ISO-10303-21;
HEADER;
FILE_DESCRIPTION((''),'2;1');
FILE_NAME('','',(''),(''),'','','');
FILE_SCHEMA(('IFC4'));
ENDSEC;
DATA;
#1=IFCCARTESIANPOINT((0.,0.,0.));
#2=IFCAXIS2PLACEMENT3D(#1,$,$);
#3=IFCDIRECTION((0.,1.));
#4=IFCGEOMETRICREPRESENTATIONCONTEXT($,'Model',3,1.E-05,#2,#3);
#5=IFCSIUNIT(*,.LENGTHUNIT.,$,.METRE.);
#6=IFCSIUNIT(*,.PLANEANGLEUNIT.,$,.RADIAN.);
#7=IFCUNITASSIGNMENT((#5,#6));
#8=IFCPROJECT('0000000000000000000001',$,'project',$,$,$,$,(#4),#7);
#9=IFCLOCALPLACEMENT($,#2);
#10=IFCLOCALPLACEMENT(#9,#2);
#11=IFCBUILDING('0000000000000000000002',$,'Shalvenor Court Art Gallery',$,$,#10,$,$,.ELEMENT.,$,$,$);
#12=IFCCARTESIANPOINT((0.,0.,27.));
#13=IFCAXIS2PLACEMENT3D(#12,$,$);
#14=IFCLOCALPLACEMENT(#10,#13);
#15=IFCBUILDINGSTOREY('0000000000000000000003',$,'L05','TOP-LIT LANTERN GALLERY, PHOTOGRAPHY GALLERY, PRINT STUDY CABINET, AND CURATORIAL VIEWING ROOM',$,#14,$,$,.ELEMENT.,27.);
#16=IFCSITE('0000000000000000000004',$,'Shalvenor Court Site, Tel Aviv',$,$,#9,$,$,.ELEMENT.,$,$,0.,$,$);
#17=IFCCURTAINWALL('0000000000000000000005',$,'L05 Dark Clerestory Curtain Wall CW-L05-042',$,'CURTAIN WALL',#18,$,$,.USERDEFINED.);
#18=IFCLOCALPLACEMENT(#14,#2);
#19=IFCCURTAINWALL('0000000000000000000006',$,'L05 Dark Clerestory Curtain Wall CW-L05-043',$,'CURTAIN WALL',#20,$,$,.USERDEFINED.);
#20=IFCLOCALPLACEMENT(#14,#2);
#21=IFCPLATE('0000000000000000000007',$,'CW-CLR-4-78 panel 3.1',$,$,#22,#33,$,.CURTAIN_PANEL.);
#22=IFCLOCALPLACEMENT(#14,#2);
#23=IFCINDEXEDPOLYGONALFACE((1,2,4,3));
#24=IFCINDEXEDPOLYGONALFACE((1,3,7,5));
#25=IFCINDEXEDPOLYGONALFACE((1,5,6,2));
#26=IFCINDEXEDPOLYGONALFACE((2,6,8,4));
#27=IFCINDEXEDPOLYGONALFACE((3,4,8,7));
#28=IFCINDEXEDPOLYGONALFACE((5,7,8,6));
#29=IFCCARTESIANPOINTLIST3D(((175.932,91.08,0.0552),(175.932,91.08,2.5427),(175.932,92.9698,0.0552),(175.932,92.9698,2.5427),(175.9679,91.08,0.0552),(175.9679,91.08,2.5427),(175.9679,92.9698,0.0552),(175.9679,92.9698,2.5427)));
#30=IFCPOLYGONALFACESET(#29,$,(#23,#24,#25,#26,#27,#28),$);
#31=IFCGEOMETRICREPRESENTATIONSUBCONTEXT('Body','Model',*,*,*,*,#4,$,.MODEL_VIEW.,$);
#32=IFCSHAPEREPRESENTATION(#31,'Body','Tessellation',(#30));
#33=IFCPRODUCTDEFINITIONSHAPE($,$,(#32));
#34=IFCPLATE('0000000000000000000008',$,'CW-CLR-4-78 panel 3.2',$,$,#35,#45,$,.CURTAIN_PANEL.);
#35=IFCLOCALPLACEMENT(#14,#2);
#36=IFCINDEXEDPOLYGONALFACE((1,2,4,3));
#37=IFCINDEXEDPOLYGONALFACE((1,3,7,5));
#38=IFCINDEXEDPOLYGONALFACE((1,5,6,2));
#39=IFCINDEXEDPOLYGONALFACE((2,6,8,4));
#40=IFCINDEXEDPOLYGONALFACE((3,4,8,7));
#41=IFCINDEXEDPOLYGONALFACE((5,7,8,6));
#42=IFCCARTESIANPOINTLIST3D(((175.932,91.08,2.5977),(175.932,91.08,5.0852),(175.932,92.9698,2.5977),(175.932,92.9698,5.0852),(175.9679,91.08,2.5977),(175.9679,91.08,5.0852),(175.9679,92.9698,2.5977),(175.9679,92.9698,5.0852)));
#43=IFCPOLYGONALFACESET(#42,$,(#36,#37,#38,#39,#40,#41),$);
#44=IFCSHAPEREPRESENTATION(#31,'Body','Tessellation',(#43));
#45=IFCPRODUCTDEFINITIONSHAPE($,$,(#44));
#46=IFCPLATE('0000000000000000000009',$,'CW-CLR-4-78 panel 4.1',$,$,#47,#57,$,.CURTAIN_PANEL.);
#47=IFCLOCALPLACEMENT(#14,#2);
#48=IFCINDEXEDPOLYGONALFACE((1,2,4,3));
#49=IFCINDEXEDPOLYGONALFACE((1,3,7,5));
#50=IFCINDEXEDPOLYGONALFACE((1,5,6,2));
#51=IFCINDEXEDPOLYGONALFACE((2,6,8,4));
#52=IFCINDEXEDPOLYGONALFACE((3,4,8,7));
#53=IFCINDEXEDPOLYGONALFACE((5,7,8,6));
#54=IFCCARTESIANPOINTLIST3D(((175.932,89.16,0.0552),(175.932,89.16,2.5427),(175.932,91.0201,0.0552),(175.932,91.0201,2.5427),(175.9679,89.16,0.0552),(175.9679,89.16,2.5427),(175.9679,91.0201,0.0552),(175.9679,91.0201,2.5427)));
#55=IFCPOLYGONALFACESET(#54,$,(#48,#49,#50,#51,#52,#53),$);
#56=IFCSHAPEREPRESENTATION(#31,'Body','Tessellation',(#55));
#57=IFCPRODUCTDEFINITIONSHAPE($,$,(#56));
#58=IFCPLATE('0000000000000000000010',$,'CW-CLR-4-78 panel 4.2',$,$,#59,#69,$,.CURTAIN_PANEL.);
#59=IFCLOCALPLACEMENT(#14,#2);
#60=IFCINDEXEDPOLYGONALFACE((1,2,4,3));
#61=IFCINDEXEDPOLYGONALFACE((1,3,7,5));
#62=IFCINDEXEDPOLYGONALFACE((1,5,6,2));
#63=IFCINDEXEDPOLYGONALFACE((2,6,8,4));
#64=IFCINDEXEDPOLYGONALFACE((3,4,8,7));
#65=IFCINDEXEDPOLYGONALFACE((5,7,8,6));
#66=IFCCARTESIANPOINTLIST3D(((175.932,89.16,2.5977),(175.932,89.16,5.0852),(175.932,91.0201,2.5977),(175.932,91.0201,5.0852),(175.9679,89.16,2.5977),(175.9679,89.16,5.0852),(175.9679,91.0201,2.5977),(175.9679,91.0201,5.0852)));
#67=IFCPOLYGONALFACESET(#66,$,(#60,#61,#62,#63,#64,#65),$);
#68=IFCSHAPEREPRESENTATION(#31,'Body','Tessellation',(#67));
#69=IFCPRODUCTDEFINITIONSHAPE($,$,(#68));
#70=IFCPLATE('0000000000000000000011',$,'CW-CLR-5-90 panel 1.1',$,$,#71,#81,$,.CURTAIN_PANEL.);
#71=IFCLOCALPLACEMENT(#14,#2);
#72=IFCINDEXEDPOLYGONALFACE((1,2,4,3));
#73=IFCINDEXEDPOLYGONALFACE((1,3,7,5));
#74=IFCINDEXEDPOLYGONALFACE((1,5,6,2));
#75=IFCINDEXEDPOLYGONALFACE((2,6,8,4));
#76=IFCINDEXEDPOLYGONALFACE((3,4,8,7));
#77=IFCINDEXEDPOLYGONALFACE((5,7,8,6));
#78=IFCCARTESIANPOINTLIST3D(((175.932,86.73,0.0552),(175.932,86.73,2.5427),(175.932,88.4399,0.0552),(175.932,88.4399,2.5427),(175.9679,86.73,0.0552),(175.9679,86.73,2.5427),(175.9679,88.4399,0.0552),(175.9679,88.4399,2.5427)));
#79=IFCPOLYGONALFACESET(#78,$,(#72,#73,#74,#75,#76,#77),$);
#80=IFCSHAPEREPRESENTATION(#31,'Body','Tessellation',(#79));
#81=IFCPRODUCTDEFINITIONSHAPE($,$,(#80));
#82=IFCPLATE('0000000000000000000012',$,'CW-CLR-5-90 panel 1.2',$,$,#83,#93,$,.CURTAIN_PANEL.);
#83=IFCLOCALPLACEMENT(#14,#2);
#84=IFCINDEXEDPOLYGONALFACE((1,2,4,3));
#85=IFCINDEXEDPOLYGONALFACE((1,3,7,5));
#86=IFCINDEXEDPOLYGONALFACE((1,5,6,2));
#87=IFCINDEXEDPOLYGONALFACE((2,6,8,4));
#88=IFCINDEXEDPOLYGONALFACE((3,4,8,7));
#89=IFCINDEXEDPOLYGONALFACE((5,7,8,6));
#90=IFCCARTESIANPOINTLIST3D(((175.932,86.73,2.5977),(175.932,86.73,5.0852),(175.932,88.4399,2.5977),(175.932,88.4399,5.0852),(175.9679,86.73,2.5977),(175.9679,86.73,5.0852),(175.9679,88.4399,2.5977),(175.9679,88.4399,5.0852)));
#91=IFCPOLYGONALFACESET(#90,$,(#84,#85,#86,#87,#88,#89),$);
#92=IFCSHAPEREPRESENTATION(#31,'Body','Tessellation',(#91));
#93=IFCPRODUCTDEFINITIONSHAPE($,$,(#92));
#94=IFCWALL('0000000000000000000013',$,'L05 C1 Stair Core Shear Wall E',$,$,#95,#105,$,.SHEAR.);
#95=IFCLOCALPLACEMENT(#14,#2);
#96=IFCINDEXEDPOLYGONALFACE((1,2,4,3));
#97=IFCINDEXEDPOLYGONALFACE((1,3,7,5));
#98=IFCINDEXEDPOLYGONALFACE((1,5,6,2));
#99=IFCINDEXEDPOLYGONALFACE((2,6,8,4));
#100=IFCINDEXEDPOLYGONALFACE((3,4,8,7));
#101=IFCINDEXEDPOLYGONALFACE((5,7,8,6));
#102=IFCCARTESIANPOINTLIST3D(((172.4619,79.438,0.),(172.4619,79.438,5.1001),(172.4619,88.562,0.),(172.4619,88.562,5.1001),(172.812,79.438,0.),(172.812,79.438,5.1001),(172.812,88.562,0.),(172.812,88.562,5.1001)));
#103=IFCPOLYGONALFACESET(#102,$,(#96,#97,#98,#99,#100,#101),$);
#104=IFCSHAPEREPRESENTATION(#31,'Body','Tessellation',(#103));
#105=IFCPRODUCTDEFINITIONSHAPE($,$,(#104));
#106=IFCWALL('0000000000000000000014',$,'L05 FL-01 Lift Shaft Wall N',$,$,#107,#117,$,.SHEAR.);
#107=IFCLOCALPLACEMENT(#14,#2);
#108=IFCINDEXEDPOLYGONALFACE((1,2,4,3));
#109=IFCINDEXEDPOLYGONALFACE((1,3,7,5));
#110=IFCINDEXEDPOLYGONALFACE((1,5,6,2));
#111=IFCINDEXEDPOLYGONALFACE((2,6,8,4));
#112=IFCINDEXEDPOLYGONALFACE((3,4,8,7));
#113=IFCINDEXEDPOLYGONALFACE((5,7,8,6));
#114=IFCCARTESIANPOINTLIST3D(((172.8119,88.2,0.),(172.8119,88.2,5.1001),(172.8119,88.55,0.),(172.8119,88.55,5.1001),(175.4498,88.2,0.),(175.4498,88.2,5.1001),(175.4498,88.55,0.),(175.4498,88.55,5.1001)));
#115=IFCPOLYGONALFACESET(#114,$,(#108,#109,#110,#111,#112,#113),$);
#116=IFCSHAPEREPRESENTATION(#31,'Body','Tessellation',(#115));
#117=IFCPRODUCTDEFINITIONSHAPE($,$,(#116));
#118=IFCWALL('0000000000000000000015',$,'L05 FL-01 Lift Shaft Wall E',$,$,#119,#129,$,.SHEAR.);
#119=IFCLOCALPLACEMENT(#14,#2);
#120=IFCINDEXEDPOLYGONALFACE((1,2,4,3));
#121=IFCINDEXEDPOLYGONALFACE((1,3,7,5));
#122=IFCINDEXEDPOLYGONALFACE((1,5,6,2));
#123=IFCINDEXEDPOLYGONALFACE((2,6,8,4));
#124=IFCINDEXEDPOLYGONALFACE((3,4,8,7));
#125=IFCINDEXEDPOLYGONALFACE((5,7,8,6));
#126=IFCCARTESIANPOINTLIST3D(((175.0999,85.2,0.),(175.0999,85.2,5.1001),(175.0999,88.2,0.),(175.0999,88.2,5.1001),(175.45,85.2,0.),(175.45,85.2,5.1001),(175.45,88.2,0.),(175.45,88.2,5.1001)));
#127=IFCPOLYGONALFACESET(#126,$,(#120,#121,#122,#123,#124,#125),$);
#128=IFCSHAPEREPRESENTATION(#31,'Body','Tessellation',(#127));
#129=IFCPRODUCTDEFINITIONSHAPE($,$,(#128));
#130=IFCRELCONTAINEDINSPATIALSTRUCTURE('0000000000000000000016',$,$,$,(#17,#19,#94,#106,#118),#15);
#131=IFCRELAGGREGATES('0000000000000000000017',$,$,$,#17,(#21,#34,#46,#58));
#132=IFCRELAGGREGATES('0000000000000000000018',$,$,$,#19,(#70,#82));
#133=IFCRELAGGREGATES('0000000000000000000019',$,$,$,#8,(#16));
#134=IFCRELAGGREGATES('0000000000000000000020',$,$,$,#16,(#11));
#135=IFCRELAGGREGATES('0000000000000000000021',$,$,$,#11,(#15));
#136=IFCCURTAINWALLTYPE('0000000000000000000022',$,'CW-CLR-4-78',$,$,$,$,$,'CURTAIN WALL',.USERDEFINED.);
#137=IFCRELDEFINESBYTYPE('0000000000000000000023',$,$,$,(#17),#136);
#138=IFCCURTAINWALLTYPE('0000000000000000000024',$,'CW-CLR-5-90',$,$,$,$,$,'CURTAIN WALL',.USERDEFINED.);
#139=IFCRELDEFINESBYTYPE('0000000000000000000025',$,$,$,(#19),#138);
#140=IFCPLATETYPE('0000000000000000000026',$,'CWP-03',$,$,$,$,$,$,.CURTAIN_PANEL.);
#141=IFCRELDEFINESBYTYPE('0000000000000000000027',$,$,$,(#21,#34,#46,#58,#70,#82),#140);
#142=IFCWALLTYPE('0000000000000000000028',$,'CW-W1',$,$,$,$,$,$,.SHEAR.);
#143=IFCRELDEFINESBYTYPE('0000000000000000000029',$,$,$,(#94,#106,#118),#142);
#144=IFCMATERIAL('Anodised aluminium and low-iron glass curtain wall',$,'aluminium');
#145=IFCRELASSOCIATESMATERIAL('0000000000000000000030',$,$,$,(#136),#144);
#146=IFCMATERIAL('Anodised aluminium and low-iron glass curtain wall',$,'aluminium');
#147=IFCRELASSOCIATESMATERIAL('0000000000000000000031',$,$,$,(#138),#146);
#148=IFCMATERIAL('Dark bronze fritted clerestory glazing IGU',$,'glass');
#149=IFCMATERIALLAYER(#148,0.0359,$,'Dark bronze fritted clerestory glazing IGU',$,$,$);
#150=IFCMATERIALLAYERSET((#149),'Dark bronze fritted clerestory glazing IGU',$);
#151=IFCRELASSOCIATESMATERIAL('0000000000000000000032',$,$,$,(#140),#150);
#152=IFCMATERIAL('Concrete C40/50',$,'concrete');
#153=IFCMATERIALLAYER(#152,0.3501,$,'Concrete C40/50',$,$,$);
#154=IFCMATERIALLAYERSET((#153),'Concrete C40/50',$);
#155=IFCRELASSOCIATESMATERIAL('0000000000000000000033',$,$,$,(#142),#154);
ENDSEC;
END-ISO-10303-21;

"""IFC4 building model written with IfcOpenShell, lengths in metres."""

from ifc_helpers import new_model, si_unit, direction, frame, frame_2d, origin, origin_2d, place, context, subcontext, project, spatial, rectangle, extrude, material, layer, layer_set, type_object, element, aggregate, save


model = new_model("IFC4")

# Units and contexts
model_context = context("Model", 3, precision=1e-05, world=origin(), true_north=direction((0.0, 1.0)))
body_context = subcontext(model_context, "Body", "Model", "MODEL_VIEW")
ifc_project = project(units=[si_unit("LENGTHUNIT", "METRE"), si_unit("PLANEANGLEUNIT", "RADIAN")], contexts=[model_context])

# Site, building, storey
site_placement = place(None, origin())
site = spatial("IfcSite", under=ifc_project, at=site_placement, Name="Shalvenor Court Site, Tel Aviv", CompositionType="ELEMENT", RefElevation=0.0)
building_placement = place(site_placement, origin())
building = spatial("IfcBuilding", under=site, at=building_placement, Name="Shalvenor Court Art Gallery", CompositionType="ELEMENT")
storey_placement = place(building_placement, frame((0.0, 0.0, 27.0)))
storey = spatial("IfcBuildingStorey", under=building, at=storey_placement, Name="L05", Description="TOP-LIT LANTERN GALLERY, PHOTOGRAPHY GALLERY, PRINT STUDY CABINET, AND CURATORIAL VIEWING ROOM", CompositionType="ELEMENT", Elevation=27.0)

# Curtain walls
ifc_material_1 = material(Name="Anodised aluminium and low-iron glass curtain wall", Category="aluminium")
curtain_wall_type_1 = type_object("IfcCurtainWallType", Name="CW-CLR-4-78", ElementType="CURTAIN WALL", PredefinedType="USERDEFINED", material=ifc_material_1)
curtain_wall_1_placement = place(storey_placement, origin())
curtain_wall_1 = element("IfcCurtainWall", 1, at=curtain_wall_1_placement, inside=storey, type_object=curtain_wall_type_1, Name="L05 Dark Clerestory Curtain Wall CW-L05-042", ObjectType="CURTAIN WALL", PredefinedType="USERDEFINED")
ifc_material_2 = material(Name="Anodised aluminium and low-iron glass curtain wall", Category="aluminium")
curtain_wall_type_2 = type_object("IfcCurtainWallType", Name="CW-CLR-5-90", ElementType="CURTAIN WALL", PredefinedType="USERDEFINED", material=ifc_material_2)
curtain_wall_2_placement = place(storey_placement, origin())
curtain_wall_2 = element("IfcCurtainWall", 2, at=curtain_wall_2_placement, inside=storey, type_object=curtain_wall_type_2, Name="L05 Dark Clerestory Curtain Wall CW-L05-043", ObjectType="CURTAIN WALL", PredefinedType="USERDEFINED")

# Plates
ifc_material_3 = material(Name="Dark bronze fritted clerestory glazing IGU", Category="glass")
ifc_layer_1 = layer(ifc_material_3, 0.0359, Name="Dark bronze fritted clerestory glazing IGU")
ifc_layer_set_1 = layer_set([ifc_layer_1], Name="Dark bronze fritted clerestory glazing IGU")
plate_type = type_object("IfcPlateType", Name="CWP-03", PredefinedType="CURTAIN_PANEL", material=ifc_layer_set_1)
plate_1_placement = place(storey_placement, frame((175.95, 92.0249, 0.0552), z_axis=(0.0, 0.0, 1.0), x_axis=(0.0, -1.0, 0.0)))
plate_1 = element("IfcPlate", 3, at=plate_1_placement, type_object=plate_type, Name="CW-CLR-4-78 panel 3.1", PredefinedType="CURTAIN_PANEL", context=body_context, shape_type="SweptSolid", body=[
    extrude(rectangle(XDim=1.8899, YDim=0.0359, at=origin_2d()), origin(), (0.0, 0.0, 1.0), 2.4875),
])
plate_2_placement = place(storey_placement, frame((175.95, 92.0249, 2.5977), z_axis=(0.0, 0.0, 1.0), x_axis=(0.0, -1.0, 0.0)))
plate_2 = element("IfcPlate", 4, at=plate_2_placement, type_object=plate_type, Name="CW-CLR-4-78 panel 3.2", PredefinedType="CURTAIN_PANEL", context=body_context, shape_type="SweptSolid", body=[
    extrude(rectangle(XDim=1.8899, YDim=0.0359, at=origin_2d()), origin(), (0.0, 0.0, 1.0), 2.4875),
])
plate_3_placement = place(storey_placement, frame((175.95, 90.0901, 0.0552), z_axis=(0.0, 0.0, 1.0), x_axis=(0.0, -1.0, 0.0)))
plate_3 = element("IfcPlate", 5, at=plate_3_placement, type_object=plate_type, Name="CW-CLR-4-78 panel 4.1", PredefinedType="CURTAIN_PANEL", context=body_context, shape_type="SweptSolid", body=[
    extrude(rectangle(XDim=1.8601, YDim=0.0359, at=origin_2d()), origin(), (0.0, 0.0, 1.0), 2.4875),
])
plate_4_placement = place(storey_placement, frame((175.95, 90.0901, 2.5977), z_axis=(0.0, 0.0, 1.0), x_axis=(0.0, -1.0, 0.0)))
plate_4 = element("IfcPlate", 6, at=plate_4_placement, type_object=plate_type, Name="CW-CLR-4-78 panel 4.2", PredefinedType="CURTAIN_PANEL", context=body_context, shape_type="SweptSolid", body=[
    extrude(rectangle(XDim=1.8601, YDim=0.0359, at=origin_2d()), origin(), (0.0, 0.0, 1.0), 2.4875),
])
aggregate(curtain_wall_1, [plate_1, plate_2, plate_3, plate_4])
plate_5_placement = place(storey_placement, frame((175.95, 87.585, 0.0552), z_axis=(0.0, 0.0, 1.0), x_axis=(0.0, -1.0, 0.0)))
plate_5 = element("IfcPlate", 7, at=plate_5_placement, type_object=plate_type, Name="CW-CLR-5-90 panel 1.1", PredefinedType="CURTAIN_PANEL", context=body_context, shape_type="SweptSolid", body=[
    extrude(rectangle(XDim=1.71, YDim=0.0359, at=origin_2d()), origin(), (0.0, 0.0, 1.0), 2.4875),
])
plate_6_placement = place(storey_placement, frame((175.95, 87.585, 2.5977), z_axis=(0.0, 0.0, 1.0), x_axis=(0.0, -1.0, 0.0)))
plate_6 = element("IfcPlate", 8, at=plate_6_placement, type_object=plate_type, Name="CW-CLR-5-90 panel 1.2", PredefinedType="CURTAIN_PANEL", context=body_context, shape_type="SweptSolid", body=[
    extrude(rectangle(XDim=1.71, YDim=0.0359, at=origin_2d()), origin(), (0.0, 0.0, 1.0), 2.4875),
])
aggregate(curtain_wall_2, [plate_5, plate_6])

# Walls
ifc_material_4 = material(Name="Concrete C40/50", Category="concrete")
ifc_layer_2 = layer(ifc_material_4, 0.3501, Name="Concrete C40/50")
ifc_layer_set_2 = layer_set([ifc_layer_2], Name="Concrete C40/50")
wall_type = type_object("IfcWallType", Name="CW-W1", PredefinedType="SHEAR", material=ifc_layer_set_2)
wall_1_placement = place(storey_placement, frame((172.637, 88.562, 0.0), z_axis=(0.0, 0.0, 1.0), x_axis=(0.0, -1.0, 0.0)))
element("IfcWall", 9, at=wall_1_placement, inside=storey, type_object=wall_type, Name="L05 C1 Stair Core Shear Wall E", PredefinedType="SHEAR", context=body_context, shape_type="SweptSolid", body=[
    extrude(rectangle(XDim=9.124, YDim=0.3501, at=frame_2d((4.562, 0.0))), origin(), (0.0, 0.0, 1.0), 5.1001),
])
wall_2_placement = place(storey_placement, frame((172.812, 88.375, 0.0), z_axis=(0.0, 0.0, 1.0), x_axis=(1.0, 0.0, 0.0)))
element("IfcWall", 10, at=wall_2_placement, inside=storey, type_object=wall_type, Name="L05 FL-01 Lift Shaft Wall N", PredefinedType="SHEAR", context=body_context, shape_type="SweptSolid", body=[
    extrude(rectangle(XDim=2.6379, YDim=0.3501, at=frame_2d((1.3188, 0.0))), origin(), (0.0, 0.0, 1.0), 5.1001),
])
wall_3_placement = place(storey_placement, frame((175.2749, 88.2, 0.0), z_axis=(0.0, 0.0, 1.0), x_axis=(0.0, -1.0, 0.0)))
element("IfcWall", 11, at=wall_3_placement, inside=storey, type_object=wall_type, Name="L05 FL-01 Lift Shaft Wall E", PredefinedType="SHEAR", context=body_context, shape_type="SweptSolid", body=[
    extrude(rectangle(XDim=3.0, YDim=0.3501, at=frame_2d((1.5, 0.0))), origin(), (0.0, 0.0, 1.0), 5.1001),
])

save(model, "model.ifc")
